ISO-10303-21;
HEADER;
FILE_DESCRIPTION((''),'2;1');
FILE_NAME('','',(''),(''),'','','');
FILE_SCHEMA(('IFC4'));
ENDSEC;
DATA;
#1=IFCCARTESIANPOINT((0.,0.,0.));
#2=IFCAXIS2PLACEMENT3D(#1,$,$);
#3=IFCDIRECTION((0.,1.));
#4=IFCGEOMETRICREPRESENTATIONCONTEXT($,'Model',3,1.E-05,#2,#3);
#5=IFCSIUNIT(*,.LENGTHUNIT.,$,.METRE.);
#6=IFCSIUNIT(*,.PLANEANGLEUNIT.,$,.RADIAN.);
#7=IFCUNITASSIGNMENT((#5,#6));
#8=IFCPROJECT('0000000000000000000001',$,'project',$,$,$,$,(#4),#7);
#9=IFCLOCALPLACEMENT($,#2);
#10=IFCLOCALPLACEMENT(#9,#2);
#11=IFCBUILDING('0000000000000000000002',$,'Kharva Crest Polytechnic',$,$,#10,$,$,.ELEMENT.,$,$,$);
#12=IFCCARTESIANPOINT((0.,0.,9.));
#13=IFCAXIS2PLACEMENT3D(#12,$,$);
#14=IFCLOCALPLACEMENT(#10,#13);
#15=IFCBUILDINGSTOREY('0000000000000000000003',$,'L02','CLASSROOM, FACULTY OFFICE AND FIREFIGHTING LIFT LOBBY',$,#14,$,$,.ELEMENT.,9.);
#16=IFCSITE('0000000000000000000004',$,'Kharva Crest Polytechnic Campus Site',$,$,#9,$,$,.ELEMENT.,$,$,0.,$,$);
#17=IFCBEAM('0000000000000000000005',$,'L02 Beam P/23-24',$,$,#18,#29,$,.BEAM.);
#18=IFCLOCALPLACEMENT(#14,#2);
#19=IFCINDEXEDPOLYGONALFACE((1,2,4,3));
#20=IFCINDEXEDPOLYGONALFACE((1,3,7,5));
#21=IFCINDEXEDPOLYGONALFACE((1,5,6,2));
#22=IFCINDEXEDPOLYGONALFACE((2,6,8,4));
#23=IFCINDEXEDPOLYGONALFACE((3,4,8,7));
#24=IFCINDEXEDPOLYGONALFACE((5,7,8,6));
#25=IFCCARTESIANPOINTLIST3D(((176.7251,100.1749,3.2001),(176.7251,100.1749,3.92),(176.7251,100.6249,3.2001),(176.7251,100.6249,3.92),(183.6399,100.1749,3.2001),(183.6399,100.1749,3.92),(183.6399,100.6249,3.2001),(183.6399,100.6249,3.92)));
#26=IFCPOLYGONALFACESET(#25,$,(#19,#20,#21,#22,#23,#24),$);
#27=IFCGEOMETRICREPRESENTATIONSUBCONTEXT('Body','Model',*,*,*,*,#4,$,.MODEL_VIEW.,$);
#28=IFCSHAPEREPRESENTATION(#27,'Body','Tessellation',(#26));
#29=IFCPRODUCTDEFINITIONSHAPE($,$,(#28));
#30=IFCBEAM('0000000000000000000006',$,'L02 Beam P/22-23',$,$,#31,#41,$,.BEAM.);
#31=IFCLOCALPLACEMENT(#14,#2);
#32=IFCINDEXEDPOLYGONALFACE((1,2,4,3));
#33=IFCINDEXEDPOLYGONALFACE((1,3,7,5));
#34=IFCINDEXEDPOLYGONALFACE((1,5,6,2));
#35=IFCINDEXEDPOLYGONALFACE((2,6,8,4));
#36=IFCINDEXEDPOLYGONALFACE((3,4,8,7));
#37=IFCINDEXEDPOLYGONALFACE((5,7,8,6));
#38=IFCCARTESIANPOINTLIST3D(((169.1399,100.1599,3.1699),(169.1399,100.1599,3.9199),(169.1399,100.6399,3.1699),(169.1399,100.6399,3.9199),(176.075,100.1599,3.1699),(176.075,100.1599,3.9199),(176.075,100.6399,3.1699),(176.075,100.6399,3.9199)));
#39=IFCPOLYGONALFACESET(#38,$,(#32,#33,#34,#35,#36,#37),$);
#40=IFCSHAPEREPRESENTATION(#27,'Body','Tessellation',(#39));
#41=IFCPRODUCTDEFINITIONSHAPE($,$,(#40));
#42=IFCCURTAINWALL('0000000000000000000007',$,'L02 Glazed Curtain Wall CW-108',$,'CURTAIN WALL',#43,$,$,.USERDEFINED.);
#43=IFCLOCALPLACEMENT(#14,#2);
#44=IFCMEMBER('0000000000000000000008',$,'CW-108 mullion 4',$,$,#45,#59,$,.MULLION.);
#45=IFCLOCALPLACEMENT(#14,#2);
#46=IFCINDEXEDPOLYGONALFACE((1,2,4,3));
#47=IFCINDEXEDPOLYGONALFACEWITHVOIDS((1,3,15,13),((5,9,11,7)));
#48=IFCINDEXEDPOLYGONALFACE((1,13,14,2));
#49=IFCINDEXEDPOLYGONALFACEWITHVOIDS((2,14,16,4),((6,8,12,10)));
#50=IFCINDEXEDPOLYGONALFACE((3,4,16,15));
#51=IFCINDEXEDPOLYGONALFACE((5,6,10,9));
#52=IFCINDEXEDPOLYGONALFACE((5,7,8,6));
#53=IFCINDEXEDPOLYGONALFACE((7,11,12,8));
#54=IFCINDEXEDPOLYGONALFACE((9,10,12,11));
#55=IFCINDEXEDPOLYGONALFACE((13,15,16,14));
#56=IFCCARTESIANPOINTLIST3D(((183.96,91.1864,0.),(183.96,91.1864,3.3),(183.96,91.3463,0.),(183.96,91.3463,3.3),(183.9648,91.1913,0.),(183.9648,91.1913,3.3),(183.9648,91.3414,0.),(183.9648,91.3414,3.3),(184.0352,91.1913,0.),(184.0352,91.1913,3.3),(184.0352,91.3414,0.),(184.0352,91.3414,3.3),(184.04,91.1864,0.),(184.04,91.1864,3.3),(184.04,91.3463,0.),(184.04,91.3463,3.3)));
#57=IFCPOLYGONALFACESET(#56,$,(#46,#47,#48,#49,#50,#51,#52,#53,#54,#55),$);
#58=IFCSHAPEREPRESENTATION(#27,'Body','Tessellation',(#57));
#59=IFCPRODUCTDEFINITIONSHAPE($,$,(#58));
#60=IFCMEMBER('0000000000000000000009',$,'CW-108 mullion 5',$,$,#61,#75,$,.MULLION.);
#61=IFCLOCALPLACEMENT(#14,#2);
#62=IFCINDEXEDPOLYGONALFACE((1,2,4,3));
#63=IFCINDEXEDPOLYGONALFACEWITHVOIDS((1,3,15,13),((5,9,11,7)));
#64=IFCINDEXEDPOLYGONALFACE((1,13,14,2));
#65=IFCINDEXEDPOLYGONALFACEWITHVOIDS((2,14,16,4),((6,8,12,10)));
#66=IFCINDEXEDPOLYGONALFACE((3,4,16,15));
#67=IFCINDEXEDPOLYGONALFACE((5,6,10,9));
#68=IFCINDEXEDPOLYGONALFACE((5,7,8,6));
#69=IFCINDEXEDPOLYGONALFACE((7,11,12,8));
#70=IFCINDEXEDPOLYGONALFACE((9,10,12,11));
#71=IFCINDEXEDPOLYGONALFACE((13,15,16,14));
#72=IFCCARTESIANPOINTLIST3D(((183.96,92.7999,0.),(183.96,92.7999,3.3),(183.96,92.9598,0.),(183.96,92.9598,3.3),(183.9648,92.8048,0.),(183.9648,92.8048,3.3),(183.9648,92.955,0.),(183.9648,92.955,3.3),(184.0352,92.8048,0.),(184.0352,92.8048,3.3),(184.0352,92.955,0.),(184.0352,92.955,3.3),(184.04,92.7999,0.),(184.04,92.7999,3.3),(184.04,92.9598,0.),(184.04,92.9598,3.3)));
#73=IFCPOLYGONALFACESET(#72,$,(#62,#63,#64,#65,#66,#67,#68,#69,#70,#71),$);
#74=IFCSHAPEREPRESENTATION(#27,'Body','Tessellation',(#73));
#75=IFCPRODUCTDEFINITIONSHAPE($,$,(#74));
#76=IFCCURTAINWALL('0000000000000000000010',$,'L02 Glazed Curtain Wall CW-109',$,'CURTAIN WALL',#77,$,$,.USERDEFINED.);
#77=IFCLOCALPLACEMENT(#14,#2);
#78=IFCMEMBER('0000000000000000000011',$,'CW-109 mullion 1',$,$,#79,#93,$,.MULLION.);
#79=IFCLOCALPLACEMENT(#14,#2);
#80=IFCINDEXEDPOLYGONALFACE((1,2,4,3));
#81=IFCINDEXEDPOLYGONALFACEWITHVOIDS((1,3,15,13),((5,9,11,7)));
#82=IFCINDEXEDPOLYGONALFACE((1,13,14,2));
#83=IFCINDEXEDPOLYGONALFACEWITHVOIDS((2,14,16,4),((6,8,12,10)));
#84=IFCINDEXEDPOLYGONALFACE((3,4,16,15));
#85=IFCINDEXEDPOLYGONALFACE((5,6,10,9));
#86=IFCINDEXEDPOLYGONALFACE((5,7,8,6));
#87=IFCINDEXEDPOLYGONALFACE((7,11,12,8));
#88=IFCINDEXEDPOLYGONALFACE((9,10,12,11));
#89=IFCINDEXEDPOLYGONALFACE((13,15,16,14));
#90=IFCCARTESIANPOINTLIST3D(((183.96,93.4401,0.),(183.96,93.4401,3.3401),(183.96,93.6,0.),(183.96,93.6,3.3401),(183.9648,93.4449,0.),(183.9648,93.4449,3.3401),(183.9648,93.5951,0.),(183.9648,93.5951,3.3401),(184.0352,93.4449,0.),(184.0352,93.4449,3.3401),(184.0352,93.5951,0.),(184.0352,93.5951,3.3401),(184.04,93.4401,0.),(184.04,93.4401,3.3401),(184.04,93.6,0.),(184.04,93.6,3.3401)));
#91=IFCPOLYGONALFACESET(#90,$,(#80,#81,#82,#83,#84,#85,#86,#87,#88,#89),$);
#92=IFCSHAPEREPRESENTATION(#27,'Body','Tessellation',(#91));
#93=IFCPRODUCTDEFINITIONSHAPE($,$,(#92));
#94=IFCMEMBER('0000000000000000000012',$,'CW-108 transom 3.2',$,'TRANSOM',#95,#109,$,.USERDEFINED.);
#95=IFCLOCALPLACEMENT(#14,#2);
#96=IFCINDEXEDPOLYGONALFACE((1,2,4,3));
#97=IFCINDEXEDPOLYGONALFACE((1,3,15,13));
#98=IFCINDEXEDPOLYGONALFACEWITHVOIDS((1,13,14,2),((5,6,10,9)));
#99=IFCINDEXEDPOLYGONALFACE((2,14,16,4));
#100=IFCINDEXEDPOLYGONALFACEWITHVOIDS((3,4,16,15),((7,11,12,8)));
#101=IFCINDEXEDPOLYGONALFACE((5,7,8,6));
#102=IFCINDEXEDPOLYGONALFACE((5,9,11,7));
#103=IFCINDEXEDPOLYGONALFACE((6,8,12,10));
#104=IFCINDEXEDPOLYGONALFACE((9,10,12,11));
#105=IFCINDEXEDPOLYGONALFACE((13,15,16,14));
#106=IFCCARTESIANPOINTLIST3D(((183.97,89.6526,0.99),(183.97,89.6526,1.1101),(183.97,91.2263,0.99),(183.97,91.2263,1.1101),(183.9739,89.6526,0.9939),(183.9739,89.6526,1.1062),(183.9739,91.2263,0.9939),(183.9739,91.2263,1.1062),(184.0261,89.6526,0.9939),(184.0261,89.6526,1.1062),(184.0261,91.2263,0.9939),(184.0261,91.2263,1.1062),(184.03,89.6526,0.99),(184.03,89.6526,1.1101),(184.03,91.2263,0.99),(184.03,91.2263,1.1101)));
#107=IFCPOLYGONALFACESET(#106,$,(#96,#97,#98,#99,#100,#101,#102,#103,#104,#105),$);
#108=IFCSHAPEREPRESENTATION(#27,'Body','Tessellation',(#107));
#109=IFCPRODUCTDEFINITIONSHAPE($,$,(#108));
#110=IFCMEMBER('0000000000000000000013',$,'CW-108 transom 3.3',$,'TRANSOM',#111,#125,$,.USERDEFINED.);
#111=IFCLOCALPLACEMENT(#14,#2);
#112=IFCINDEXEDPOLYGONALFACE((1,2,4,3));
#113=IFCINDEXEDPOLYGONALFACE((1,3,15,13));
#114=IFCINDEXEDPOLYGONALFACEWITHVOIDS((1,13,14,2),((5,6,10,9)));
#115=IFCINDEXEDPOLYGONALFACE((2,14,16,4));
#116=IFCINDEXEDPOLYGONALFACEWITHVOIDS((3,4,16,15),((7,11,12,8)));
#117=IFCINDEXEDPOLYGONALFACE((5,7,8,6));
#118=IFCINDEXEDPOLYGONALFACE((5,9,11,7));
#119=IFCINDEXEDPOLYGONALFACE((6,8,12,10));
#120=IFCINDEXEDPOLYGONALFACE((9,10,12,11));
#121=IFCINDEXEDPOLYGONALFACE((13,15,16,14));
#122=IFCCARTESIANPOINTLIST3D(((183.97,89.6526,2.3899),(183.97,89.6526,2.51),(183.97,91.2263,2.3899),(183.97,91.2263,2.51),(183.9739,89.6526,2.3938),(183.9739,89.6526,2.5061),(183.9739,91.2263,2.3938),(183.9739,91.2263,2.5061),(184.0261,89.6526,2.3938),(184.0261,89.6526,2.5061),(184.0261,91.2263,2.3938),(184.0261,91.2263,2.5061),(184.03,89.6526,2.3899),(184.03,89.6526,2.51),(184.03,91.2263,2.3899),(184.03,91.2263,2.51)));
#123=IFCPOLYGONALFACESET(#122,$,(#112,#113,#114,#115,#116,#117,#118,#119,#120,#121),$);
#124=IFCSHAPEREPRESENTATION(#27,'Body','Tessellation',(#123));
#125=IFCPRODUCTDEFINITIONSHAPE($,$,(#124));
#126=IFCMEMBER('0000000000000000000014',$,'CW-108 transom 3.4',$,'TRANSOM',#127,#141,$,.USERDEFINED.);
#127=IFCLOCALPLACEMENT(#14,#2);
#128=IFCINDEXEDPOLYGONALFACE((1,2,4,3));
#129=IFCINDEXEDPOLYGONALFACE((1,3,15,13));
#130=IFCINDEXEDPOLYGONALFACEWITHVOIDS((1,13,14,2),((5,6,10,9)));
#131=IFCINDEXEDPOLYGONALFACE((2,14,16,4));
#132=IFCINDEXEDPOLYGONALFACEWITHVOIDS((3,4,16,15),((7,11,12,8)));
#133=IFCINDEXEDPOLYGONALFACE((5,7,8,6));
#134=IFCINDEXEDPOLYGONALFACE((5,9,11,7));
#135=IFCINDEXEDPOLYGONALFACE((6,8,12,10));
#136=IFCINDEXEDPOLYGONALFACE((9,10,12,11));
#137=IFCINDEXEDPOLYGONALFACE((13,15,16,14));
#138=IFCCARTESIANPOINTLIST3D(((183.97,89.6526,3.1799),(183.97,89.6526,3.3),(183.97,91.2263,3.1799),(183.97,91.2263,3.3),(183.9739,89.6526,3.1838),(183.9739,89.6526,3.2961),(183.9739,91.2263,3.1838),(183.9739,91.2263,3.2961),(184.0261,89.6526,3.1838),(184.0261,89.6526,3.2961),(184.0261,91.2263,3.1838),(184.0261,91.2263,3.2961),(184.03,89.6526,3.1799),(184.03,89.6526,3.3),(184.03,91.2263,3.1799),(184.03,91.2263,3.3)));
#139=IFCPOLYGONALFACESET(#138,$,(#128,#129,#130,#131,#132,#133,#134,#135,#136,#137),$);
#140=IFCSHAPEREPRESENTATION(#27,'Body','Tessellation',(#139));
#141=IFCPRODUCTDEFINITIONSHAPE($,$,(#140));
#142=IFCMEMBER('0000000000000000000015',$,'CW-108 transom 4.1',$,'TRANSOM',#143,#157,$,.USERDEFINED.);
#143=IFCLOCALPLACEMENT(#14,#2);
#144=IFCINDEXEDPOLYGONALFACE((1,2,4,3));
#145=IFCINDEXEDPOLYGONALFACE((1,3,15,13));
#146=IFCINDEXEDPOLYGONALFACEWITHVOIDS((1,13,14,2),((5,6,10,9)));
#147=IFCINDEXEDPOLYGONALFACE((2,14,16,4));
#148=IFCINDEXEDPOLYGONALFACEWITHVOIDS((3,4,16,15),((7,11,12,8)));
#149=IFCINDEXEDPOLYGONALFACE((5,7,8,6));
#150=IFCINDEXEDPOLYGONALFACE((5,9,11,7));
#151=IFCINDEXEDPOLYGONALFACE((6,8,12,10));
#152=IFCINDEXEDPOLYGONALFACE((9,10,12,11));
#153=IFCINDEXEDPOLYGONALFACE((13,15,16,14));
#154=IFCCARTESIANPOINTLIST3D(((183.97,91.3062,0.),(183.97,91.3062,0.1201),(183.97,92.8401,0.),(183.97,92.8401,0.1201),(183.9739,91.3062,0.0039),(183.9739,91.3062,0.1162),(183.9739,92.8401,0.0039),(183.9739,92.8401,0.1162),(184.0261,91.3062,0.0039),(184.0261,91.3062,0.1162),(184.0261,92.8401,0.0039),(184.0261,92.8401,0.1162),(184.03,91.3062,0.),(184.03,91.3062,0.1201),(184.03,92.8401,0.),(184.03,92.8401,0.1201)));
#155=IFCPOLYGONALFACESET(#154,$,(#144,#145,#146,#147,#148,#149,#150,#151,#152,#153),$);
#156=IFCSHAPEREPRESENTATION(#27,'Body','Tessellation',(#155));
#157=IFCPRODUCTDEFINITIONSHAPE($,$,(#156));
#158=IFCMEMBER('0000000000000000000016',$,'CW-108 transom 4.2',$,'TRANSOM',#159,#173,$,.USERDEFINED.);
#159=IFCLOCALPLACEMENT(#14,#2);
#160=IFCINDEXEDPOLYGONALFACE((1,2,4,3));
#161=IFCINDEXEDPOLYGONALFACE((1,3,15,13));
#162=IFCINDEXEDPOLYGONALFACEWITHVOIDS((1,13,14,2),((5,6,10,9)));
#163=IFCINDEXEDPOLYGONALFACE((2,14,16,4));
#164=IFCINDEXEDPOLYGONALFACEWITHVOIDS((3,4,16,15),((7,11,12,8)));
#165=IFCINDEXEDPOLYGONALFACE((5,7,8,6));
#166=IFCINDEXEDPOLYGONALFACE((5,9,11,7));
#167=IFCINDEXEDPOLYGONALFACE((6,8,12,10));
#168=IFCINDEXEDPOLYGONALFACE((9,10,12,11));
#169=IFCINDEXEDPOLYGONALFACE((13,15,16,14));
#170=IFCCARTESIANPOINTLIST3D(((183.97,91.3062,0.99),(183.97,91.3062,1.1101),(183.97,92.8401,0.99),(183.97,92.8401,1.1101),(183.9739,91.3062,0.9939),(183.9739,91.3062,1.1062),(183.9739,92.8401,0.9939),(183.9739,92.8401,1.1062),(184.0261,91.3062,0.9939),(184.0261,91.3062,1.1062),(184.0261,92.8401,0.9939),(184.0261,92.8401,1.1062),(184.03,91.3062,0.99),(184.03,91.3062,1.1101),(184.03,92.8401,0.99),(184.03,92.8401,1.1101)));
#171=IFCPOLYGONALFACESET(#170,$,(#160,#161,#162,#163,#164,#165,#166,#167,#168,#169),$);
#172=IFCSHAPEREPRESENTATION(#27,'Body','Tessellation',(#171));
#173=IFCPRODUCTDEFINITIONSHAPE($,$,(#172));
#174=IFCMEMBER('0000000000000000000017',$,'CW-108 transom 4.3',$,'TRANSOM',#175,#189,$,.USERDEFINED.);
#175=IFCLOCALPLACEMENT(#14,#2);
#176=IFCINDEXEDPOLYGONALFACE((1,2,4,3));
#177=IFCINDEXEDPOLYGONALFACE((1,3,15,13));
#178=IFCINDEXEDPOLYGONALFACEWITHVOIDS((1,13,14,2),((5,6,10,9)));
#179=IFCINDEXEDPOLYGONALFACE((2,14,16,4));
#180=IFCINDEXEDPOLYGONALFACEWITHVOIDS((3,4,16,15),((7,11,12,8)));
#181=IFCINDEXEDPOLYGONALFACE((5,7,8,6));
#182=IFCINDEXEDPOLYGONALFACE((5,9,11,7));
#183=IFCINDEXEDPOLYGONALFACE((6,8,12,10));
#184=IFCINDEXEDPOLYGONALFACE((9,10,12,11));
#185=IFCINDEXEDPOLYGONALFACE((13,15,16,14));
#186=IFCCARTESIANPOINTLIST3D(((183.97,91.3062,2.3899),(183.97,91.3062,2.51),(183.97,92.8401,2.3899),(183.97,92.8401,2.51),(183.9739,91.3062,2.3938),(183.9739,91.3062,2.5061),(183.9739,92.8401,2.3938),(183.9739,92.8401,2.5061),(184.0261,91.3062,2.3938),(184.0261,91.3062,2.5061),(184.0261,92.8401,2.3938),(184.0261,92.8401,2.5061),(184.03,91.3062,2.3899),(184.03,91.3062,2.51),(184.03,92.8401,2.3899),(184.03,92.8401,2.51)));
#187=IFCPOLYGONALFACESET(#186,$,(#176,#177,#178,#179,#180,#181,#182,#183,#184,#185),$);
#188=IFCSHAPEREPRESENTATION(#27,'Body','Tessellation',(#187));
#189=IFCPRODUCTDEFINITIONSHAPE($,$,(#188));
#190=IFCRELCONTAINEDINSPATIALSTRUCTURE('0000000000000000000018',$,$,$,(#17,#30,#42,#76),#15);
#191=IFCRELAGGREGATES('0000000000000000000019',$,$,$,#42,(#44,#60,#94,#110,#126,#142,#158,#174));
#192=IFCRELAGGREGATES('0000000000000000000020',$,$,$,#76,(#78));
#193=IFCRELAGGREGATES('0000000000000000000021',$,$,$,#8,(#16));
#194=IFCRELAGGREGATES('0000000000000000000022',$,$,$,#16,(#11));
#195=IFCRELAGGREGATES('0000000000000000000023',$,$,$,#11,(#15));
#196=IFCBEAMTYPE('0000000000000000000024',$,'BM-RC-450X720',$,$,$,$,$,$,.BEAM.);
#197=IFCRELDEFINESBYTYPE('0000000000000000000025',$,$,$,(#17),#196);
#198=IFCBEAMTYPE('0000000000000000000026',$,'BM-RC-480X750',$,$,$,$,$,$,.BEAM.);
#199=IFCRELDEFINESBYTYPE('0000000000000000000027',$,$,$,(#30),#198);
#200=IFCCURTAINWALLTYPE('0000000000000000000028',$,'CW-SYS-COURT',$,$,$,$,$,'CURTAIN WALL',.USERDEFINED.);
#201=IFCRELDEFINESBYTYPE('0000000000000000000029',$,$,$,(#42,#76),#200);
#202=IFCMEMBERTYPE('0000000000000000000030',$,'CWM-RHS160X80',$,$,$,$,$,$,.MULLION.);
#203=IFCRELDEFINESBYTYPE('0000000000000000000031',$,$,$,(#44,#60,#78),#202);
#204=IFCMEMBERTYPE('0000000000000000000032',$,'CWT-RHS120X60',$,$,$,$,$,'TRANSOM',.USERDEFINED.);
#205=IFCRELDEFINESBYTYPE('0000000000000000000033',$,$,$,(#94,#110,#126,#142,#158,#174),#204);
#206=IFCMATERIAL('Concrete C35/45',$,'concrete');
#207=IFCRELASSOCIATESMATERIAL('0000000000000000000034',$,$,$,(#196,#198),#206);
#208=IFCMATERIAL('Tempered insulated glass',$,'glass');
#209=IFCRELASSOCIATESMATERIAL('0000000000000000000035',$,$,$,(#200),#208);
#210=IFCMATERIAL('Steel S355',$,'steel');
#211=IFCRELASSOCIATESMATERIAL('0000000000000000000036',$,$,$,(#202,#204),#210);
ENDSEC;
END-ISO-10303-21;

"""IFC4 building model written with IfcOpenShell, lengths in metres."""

from ifc_helpers import new_model, si_unit, direction, frame, origin, origin_2d, place, context, subcontext, project, spatial, rectangle, hollow_rectangle, extrude, material, material_profile, profile_set, type_object, element, aggregate, save


model = new_model("IFC4")

# Units and contexts
model_context = context("Model", 3, precision=1e-05, world=origin(), true_north=direction((0.0, 1.0)))
body_context = subcontext(model_context, "Body", "Model", "MODEL_VIEW")
ifc_project = project(units=[si_unit("LENGTHUNIT", "METRE"), si_unit("PLANEANGLEUNIT", "RADIAN")], contexts=[model_context])

# Site, building, storey
site_placement = place(None, origin())
site = spatial("IfcSite", under=ifc_project, at=site_placement, Name="Kharva Crest Polytechnic Campus Site", CompositionType="ELEMENT", RefElevation=0.0)
building_placement = place(site_placement, origin())
building = spatial("IfcBuilding", under=site, at=building_placement, Name="Kharva Crest Polytechnic", CompositionType="ELEMENT")
storey_placement = place(building_placement, frame((0.0, 0.0, 9.0)))
storey = spatial("IfcBuildingStorey", under=building, at=storey_placement, Name="L02", Description="CLASSROOM, FACULTY OFFICE AND FIREFIGHTING LIFT LOBBY", CompositionType="ELEMENT", Elevation=9.0)

# Beams
ifc_material_1 = material(Name="Concrete C35/45", Category="concrete")
ifc_material_profile_1 = material_profile(ifc_material_1, rectangle(XDim=0.45, YDim=0.72, at=origin_2d()), Name="RECT 450 X 720")
ifc_profile_set_1 = profile_set([ifc_material_profile_1], Name="Concrete C35/45")
beam_type_1 = type_object("IfcBeamType", Name="BM-RC-450X720", PredefinedType="BEAM", material=ifc_profile_set_1)
beam_1_placement = place(storey_placement, frame((176.7251, 100.3999, 3.5601), z_axis=(1.0, 0.0, 0.0), x_axis=(0.0, 1.0, 0.0)))
element("IfcBeam", 1, at=beam_1_placement, inside=storey, type_object=beam_type_1, Name="L02 Beam P/23-24", PredefinedType="BEAM", context=body_context, shape_type="SweptSolid", body=[
    extrude(rectangle(XDim=0.45, YDim=0.72, at=origin_2d()), origin(), (0.0, 0.0, 1.0), 6.9148),
])
ifc_material_profile_2 = material_profile(ifc_material_1, rectangle(XDim=0.48, YDim=0.75, at=origin_2d()), Name="RECT 480 X 750")
ifc_profile_set_2 = profile_set([ifc_material_profile_2], Name="Concrete C35/45")
beam_type_2 = type_object("IfcBeamType", Name="BM-RC-480X750", PredefinedType="BEAM", material=ifc_profile_set_2)
beam_2_placement = place(storey_placement, frame((169.1399, 100.3999, 3.5449), z_axis=(1.0, 0.0, 0.0), x_axis=(0.0, 1.0, 0.0)))
element("IfcBeam", 2, at=beam_2_placement, inside=storey, type_object=beam_type_2, Name="L02 Beam P/22-23", PredefinedType="BEAM", context=body_context, shape_type="SweptSolid", body=[
    extrude(rectangle(XDim=0.48, YDim=0.75, at=origin_2d()), origin(), (0.0, 0.0, 1.0), 6.9351),
])

# Curtain wall, members
ifc_material_2 = material(Name="Tempered insulated glass", Category="glass")
curtain_wall_type = type_object("IfcCurtainWallType", Name="CW-SYS-COURT", ElementType="CURTAIN WALL", PredefinedType="USERDEFINED", material=ifc_material_2)
curtain_wall_1_placement = place(storey_placement, origin())
curtain_wall_1 = element("IfcCurtainWall", 3, at=curtain_wall_1_placement, inside=storey, type_object=curtain_wall_type, Name="L02 Glazed Curtain Wall CW-108", ObjectType="CURTAIN WALL", PredefinedType="USERDEFINED")
ifc_material_3 = material(Name="Steel S355", Category="steel")
ifc_material_profile_3 = material_profile(ifc_material_3, hollow_rectangle(XDim=0.0801, YDim=0.1599, WallThickness=0.0049, at=origin_2d()), Name="RHS 160X80X5.0")
ifc_profile_set_3 = profile_set([ifc_material_profile_3], Name="Steel S355")
member_type_1 = type_object("IfcMemberType", Name="CWM-RHS160X80", PredefinedType="MULLION", material=ifc_profile_set_3)
member_1_placement = place(storey_placement, frame((184.0, 91.2664, 0.0), z_axis=(0.0, 0.0, 1.0), x_axis=(-1.0, 0.0, 0.0)))
member_1 = element("IfcMember", 4, at=member_1_placement, type_object=member_type_1, Name="CW-108 mullion 4", PredefinedType="MULLION", context=body_context, shape_type="SweptSolid", body=[
    extrude(hollow_rectangle(XDim=0.0801, YDim=0.1599, WallThickness=0.0049, at=origin_2d()), origin(), (0.0, 0.0, 1.0), 3.3),
])
member_2_placement = place(storey_placement, frame((184.0, 92.8799, 0.0), z_axis=(0.0, 0.0, 1.0), x_axis=(-1.0, 0.0, 0.0)))
member_2 = element("IfcMember", 5, at=member_2_placement, type_object=member_type_1, Name="CW-108 mullion 5", PredefinedType="MULLION", context=body_context, shape_type="SweptSolid", body=[
    extrude(hollow_rectangle(XDim=0.0801, YDim=0.1599, WallThickness=0.0049, at=origin_2d()), origin(), (0.0, 0.0, 1.0), 3.3),
])

# Curtain wall, member
curtain_wall_2_placement = place(storey_placement, origin())
curtain_wall_2 = element("IfcCurtainWall", 6, at=curtain_wall_2_placement, inside=storey, type_object=curtain_wall_type, Name="L02 Glazed Curtain Wall CW-109", ObjectType="CURTAIN WALL", PredefinedType="USERDEFINED")
member_3_placement = place(storey_placement, frame((184.0, 93.52, 0.0), z_axis=(0.0, 0.0, 1.0), x_axis=(-1.0, 0.0, 0.0)))
member_3 = element("IfcMember", 7, at=member_3_placement, type_object=member_type_1, Name="CW-109 mullion 1", PredefinedType="MULLION", context=body_context, shape_type="SweptSolid", body=[
    extrude(hollow_rectangle(XDim=0.0801, YDim=0.1599, WallThickness=0.0049, at=origin_2d()), origin(), (0.0, 0.0, 1.0), 3.3401),
])

# Members
ifc_material_profile_4 = material_profile(ifc_material_3, hollow_rectangle(XDim=0.0601, YDim=0.1201, WallThickness=0.0039, at=origin_2d()), Name="RHS 120X60X4.0")
ifc_profile_set_4 = profile_set([ifc_material_profile_4], Name="Steel S355")
member_type_2 = type_object("IfcMemberType", Name="CWT-RHS120X60", ElementType="TRANSOM", PredefinedType="USERDEFINED", material=ifc_profile_set_4)
member_4_placement = place(storey_placement, frame((184.0, 89.6526, 1.05), z_axis=(0.0, 1.0, 0.0), x_axis=(-1.0, 0.0, 0.0)))
member_4 = element("IfcMember", 8, at=member_4_placement, type_object=member_type_2, Name="CW-108 transom 3.2", ObjectType="TRANSOM", PredefinedType="USERDEFINED", context=body_context, shape_type="SweptSolid", body=[
    extrude(hollow_rectangle(XDim=0.0601, YDim=0.1201, WallThickness=0.0039, at=origin_2d()), origin(), (0.0, 0.0, 1.0), 1.5737),
])
member_5_placement = place(storey_placement, frame((184.0, 89.6526, 2.45), z_axis=(0.0, 1.0, 0.0), x_axis=(-1.0, 0.0, 0.0)))
member_5 = element("IfcMember", 9, at=member_5_placement, type_object=member_type_2, Name="CW-108 transom 3.3", ObjectType="TRANSOM", PredefinedType="USERDEFINED", context=body_context, shape_type="SweptSolid", body=[
    extrude(hollow_rectangle(XDim=0.0601, YDim=0.1201, WallThickness=0.0039, at=origin_2d()), origin(), (0.0, 0.0, 1.0), 1.5737),
])
member_6_placement = place(storey_placement, frame((184.0, 89.6526, 3.24), z_axis=(0.0, 1.0, 0.0), x_axis=(-1.0, 0.0, 0.0)))
member_6 = element("IfcMember", 10, at=member_6_placement, type_object=member_type_2, Name="CW-108 transom 3.4", ObjectType="TRANSOM", PredefinedType="USERDEFINED", context=body_context, shape_type="SweptSolid", body=[
    extrude(hollow_rectangle(XDim=0.0601, YDim=0.1201, WallThickness=0.0039, at=origin_2d()), origin(), (0.0, 0.0, 1.0), 1.5737),
])
member_7_placement = place(storey_placement, frame((184.0, 91.3062, 0.0601), z_axis=(0.0, 1.0, 0.0), x_axis=(-1.0, 0.0, 0.0)))
member_7 = element("IfcMember", 11, at=member_7_placement, type_object=member_type_2, Name="CW-108 transom 4.1", ObjectType="TRANSOM", PredefinedType="USERDEFINED", context=body_context, shape_type="SweptSolid", body=[
    extrude(hollow_rectangle(XDim=0.0601, YDim=0.1201, WallThickness=0.0039, at=origin_2d()), origin(), (0.0, 0.0, 1.0), 1.5339),
])
member_8_placement = place(storey_placement, frame((184.0, 91.3062, 1.05), z_axis=(0.0, 1.0, 0.0), x_axis=(-1.0, 0.0, 0.0)))
member_8 = element("IfcMember", 12, at=member_8_placement, type_object=member_type_2, Name="CW-108 transom 4.2", ObjectType="TRANSOM", PredefinedType="USERDEFINED", context=body_context, shape_type="SweptSolid", body=[
    extrude(hollow_rectangle(XDim=0.0601, YDim=0.1201, WallThickness=0.0039, at=origin_2d()), origin(), (0.0, 0.0, 1.0), 1.5339),
])
member_9_placement = place(storey_placement, frame((184.0, 91.3062, 2.45), z_axis=(0.0, 1.0, 0.0), x_axis=(-1.0, 0.0, 0.0)))
member_9 = element("IfcMember", 13, at=member_9_placement, type_object=member_type_2, Name="CW-108 transom 4.3", ObjectType="TRANSOM", PredefinedType="USERDEFINED", context=body_context, shape_type="SweptSolid", body=[
    extrude(hollow_rectangle(XDim=0.0601, YDim=0.1201, WallThickness=0.0039, at=origin_2d()), origin(), (0.0, 0.0, 1.0), 1.5339),
])

aggregate(curtain_wall_1, [member_1, member_2, member_4, member_5, member_6, member_7, member_8, member_9])
aggregate(curtain_wall_2, [member_3])

save(model, "model.ifc")
